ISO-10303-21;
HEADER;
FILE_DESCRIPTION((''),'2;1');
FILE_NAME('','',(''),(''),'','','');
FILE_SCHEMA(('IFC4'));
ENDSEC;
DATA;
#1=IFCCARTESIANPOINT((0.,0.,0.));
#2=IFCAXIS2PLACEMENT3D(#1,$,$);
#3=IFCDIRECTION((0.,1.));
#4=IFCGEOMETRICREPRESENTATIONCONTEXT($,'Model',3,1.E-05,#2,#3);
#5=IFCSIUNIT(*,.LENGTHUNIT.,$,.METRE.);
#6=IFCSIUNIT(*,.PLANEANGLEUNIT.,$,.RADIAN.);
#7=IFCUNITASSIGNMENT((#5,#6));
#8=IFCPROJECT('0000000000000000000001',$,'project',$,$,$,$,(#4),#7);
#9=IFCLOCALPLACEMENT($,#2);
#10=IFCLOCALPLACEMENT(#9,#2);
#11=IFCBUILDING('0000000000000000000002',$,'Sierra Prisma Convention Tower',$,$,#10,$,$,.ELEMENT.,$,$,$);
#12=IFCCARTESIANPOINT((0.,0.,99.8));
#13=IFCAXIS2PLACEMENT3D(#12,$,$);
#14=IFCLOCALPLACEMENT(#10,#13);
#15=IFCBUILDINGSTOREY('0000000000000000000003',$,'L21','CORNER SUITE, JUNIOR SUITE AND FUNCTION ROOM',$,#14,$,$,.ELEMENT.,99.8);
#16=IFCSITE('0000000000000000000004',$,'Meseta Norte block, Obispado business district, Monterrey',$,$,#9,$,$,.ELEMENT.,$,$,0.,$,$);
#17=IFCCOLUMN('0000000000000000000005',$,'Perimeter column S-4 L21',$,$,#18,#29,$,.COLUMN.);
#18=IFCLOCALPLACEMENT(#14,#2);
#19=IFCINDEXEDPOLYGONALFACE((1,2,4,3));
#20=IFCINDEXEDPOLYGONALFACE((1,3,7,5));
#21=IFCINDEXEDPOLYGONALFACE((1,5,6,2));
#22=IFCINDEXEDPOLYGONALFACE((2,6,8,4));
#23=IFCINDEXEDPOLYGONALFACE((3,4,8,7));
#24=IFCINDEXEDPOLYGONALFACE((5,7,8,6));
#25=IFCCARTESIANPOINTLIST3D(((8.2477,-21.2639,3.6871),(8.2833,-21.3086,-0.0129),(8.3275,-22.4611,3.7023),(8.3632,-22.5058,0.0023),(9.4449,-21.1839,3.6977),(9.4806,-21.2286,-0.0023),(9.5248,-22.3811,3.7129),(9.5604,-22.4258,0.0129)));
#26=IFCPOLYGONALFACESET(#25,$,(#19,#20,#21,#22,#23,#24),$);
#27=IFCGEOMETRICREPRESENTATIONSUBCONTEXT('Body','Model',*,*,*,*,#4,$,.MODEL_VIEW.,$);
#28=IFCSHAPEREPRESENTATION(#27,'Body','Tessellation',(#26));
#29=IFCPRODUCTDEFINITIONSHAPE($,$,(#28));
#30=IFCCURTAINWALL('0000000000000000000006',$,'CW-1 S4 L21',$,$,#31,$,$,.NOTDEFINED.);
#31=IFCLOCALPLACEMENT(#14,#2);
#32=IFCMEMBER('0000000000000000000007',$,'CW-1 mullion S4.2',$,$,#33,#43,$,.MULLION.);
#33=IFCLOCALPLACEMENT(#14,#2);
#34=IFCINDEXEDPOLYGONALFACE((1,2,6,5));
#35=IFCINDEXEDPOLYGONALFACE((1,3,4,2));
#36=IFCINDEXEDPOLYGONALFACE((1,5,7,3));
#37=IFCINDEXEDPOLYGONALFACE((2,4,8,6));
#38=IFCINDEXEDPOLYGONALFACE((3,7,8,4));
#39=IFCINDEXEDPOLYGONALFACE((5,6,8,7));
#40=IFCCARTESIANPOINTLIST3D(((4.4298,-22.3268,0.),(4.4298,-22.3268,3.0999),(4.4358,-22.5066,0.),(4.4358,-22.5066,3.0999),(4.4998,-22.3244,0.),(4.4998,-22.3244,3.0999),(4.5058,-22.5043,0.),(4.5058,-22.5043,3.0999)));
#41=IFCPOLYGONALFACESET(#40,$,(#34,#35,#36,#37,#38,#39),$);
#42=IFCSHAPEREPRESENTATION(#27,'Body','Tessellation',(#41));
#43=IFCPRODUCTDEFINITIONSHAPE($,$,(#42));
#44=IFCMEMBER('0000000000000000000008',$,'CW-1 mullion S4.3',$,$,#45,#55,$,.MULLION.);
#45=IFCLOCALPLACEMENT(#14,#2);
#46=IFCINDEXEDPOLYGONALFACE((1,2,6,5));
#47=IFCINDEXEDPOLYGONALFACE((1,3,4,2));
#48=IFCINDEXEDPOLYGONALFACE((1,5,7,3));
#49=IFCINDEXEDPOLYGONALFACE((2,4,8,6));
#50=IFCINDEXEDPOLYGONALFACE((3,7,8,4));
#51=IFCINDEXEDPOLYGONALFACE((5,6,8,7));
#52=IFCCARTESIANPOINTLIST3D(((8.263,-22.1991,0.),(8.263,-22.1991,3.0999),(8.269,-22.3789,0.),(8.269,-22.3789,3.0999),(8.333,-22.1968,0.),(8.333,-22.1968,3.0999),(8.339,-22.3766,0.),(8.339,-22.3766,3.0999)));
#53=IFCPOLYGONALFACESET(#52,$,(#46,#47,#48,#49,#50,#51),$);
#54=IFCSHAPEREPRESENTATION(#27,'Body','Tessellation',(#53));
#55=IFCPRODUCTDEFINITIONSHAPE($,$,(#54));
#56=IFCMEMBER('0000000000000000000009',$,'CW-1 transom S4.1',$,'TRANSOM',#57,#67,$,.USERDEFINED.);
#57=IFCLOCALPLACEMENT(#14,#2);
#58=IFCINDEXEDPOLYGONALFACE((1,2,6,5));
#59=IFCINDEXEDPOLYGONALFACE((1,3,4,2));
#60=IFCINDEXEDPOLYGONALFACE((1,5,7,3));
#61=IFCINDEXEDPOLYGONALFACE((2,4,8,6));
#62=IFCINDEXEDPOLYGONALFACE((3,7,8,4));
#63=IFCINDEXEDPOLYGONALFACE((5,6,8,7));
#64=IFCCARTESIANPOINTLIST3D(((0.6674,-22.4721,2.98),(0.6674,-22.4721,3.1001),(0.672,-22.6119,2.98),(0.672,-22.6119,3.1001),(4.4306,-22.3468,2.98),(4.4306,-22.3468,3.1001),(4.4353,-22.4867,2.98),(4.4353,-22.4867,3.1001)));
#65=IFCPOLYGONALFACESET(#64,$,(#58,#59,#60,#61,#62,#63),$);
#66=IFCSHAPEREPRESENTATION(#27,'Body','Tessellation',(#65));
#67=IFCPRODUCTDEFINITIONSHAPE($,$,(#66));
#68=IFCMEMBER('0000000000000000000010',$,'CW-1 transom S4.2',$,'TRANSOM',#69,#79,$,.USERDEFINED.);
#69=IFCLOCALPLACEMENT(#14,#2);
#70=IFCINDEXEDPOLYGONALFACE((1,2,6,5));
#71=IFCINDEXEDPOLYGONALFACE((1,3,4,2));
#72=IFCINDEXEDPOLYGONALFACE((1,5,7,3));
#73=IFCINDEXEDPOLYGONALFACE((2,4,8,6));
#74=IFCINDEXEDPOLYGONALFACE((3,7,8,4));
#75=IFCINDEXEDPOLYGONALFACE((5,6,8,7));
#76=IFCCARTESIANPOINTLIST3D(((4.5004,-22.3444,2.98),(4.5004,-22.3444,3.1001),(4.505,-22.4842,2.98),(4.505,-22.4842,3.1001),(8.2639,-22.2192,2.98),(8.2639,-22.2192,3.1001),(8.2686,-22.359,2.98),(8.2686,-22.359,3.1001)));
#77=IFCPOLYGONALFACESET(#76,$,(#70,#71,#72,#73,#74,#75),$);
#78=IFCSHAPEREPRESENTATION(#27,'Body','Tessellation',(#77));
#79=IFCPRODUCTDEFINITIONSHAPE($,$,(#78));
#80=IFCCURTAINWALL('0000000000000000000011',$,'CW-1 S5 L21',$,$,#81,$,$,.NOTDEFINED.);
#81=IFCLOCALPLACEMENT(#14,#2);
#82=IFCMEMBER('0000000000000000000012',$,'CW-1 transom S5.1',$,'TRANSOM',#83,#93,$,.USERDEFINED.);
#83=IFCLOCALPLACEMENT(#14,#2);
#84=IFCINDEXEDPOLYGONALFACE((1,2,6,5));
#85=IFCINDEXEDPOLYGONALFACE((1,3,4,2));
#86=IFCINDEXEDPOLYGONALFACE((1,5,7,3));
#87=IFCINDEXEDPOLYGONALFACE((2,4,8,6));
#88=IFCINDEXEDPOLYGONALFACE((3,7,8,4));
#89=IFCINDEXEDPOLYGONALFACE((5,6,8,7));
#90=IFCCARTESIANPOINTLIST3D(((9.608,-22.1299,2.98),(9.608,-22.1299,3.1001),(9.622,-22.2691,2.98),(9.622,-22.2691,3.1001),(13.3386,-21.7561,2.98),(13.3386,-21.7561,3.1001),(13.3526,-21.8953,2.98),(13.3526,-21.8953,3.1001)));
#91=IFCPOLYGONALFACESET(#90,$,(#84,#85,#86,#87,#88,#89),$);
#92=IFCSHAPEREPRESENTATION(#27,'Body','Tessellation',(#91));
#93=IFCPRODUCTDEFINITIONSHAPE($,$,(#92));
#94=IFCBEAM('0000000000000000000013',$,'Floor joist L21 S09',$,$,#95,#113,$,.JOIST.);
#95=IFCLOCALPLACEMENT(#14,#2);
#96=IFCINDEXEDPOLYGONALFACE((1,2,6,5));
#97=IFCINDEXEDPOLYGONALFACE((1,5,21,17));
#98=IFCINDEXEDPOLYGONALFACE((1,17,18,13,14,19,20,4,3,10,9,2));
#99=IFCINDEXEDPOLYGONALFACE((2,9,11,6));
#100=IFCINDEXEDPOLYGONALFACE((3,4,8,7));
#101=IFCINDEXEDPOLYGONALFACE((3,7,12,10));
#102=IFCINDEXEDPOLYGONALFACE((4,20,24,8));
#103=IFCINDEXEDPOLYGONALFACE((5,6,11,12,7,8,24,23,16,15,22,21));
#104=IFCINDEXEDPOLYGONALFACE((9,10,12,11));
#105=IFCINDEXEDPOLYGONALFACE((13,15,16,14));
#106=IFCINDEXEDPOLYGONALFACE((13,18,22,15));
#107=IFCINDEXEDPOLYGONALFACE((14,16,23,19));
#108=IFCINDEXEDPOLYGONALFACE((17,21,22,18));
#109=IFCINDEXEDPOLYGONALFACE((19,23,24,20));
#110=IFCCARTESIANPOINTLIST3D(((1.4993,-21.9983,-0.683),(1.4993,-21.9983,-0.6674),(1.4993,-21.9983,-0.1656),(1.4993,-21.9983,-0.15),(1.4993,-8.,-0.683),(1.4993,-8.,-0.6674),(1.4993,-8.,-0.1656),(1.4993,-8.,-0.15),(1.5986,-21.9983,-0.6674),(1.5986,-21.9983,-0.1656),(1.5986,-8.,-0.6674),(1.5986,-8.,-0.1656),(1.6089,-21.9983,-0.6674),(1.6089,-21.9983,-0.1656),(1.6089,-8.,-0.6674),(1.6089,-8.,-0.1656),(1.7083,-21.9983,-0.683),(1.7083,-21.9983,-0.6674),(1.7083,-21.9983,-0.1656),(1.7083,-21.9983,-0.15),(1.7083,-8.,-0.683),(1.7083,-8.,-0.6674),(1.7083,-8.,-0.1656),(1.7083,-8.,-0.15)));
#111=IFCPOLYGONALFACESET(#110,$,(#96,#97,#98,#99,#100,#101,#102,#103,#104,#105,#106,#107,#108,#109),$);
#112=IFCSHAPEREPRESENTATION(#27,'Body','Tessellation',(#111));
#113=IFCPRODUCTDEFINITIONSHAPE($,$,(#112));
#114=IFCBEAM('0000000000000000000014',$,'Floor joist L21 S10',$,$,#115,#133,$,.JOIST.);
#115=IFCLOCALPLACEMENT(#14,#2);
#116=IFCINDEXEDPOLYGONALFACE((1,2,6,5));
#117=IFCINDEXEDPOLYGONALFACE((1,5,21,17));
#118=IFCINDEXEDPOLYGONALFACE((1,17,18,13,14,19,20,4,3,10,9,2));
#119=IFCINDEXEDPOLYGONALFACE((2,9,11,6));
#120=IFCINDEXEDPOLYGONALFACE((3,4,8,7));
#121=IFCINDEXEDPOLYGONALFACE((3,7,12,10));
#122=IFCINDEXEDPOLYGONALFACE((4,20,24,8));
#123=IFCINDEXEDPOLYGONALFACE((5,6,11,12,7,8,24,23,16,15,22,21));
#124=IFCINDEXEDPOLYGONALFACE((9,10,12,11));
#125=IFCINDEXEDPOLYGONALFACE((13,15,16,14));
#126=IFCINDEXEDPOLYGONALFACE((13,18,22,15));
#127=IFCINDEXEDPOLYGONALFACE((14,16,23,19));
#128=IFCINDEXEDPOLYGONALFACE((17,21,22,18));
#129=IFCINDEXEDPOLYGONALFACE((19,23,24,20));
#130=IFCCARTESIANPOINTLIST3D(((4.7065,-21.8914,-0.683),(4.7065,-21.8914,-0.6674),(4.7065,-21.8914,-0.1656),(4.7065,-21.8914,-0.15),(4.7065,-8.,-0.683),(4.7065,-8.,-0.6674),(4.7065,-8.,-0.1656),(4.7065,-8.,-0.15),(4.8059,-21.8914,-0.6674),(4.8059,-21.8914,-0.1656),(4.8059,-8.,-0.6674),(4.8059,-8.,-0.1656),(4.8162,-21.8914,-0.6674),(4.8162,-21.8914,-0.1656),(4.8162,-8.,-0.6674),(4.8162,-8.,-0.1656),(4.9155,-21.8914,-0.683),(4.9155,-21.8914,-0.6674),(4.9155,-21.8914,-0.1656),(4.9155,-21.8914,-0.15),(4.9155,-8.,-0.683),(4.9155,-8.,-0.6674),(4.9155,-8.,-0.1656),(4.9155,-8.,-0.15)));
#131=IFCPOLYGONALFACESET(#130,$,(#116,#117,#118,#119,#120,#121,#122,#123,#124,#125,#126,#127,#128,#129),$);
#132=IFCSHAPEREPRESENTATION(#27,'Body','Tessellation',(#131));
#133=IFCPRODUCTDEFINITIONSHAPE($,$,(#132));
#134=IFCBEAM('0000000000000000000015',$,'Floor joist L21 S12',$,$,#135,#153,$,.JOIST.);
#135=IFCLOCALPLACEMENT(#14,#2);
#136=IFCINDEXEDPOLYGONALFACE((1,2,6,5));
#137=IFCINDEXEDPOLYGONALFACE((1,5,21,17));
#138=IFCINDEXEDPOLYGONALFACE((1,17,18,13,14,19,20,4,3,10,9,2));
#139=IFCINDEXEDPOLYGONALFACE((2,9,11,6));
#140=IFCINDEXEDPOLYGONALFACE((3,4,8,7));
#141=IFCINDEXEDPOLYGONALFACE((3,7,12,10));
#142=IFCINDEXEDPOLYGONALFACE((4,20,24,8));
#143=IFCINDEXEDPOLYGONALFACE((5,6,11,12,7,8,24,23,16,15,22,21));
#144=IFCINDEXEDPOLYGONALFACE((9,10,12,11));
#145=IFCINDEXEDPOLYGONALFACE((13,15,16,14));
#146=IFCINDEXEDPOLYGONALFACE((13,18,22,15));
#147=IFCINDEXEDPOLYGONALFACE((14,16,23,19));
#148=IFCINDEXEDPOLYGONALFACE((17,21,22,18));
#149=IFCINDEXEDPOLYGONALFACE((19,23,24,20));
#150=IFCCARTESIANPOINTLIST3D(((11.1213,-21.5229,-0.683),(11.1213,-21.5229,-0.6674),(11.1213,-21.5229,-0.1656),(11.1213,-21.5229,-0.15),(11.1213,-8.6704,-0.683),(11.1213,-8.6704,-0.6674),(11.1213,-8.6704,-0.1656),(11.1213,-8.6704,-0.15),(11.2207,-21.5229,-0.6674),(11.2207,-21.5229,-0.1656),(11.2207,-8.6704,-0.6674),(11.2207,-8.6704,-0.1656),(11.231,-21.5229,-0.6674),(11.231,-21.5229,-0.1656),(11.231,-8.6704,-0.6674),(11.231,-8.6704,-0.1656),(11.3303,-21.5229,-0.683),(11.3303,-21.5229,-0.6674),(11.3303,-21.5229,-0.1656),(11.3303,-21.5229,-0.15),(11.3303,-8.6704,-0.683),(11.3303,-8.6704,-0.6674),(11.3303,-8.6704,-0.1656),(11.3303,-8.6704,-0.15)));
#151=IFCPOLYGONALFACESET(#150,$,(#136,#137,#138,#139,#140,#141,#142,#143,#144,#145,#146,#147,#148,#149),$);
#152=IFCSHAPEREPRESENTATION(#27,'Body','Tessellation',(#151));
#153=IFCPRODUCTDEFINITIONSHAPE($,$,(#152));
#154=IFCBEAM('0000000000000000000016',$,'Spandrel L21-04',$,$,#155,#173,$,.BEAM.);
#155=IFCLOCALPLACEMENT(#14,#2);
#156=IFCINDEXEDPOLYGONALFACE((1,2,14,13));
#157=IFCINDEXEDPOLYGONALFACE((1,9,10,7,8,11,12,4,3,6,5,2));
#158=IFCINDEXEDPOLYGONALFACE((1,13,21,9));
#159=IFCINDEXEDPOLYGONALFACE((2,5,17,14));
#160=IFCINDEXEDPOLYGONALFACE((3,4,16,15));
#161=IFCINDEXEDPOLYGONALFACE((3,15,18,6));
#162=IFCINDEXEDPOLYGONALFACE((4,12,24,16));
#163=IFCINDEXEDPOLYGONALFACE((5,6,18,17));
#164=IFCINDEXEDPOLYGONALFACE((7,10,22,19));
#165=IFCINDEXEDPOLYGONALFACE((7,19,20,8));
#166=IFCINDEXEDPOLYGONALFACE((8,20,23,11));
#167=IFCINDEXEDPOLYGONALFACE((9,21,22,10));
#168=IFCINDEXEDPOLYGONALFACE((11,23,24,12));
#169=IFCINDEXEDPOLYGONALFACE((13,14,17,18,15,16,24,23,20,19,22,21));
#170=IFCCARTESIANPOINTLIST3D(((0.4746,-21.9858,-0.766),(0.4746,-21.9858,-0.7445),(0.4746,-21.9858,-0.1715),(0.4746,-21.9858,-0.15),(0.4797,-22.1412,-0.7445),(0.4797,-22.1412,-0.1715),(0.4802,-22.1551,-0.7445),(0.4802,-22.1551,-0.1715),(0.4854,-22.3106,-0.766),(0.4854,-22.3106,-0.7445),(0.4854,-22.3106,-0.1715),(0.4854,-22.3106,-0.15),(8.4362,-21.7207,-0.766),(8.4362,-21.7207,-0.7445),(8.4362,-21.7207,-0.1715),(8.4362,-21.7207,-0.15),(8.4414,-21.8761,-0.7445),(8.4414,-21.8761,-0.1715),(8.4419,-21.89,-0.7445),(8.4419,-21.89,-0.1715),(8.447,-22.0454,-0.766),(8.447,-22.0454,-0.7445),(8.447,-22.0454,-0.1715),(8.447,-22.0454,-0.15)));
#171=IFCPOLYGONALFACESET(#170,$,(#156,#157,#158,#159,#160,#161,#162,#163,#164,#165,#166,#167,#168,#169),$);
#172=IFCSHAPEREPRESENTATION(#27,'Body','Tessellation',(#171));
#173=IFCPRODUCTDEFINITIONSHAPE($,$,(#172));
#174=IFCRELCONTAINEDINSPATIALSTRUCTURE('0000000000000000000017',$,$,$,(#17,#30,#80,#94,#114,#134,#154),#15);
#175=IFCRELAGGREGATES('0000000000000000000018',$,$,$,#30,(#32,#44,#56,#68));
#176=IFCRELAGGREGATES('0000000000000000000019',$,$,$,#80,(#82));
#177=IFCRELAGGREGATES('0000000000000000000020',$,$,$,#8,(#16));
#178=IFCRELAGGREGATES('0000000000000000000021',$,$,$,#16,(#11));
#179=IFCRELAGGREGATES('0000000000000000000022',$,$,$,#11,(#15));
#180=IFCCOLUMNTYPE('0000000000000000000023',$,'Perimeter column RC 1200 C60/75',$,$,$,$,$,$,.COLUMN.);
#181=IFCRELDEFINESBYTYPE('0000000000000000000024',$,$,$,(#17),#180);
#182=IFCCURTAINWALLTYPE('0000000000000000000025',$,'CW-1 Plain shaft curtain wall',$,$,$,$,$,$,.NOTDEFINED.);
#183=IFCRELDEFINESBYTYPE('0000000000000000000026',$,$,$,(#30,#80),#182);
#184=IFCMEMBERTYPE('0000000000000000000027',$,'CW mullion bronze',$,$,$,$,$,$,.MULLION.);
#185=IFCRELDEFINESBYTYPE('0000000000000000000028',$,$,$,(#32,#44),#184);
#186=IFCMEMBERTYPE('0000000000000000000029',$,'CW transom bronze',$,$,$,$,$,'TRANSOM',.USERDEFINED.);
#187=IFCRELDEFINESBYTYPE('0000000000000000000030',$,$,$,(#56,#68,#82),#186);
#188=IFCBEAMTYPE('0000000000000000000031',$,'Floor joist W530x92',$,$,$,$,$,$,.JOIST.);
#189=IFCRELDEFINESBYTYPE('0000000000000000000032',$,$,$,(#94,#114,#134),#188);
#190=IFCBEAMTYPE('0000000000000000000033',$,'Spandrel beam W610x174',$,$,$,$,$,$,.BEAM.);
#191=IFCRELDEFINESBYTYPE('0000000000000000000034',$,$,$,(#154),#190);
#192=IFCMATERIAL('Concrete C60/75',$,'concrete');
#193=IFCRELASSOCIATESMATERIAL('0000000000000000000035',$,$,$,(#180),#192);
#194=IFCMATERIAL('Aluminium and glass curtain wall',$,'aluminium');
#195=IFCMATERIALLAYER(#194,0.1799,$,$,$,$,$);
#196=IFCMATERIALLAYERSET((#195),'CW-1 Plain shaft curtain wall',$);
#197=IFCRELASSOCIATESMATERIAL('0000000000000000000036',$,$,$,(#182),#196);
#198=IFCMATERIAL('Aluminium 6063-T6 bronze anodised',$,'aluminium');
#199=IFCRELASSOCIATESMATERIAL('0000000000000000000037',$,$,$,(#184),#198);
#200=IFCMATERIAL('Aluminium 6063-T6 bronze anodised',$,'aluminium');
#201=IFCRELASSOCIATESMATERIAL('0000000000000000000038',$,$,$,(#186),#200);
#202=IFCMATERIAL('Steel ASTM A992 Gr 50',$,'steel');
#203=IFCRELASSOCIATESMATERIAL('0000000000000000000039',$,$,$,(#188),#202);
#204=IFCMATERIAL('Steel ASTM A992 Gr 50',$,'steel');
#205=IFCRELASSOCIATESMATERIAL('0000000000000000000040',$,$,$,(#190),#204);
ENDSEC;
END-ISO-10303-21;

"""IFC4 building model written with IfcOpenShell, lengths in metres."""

from ifc_helpers import new_model, si_unit, direction, frame, origin, origin_2d, place, context, subcontext, project, spatial, rectangle, i_section, extrude, material, layer, layer_set, material_profile, profile_set, type_object, element, aggregate, save


model = new_model("IFC4")

# Units and contexts
model_context = context("Model", 3, precision=1e-05, world=origin(), true_north=direction((0.0, 1.0)))
body_context = subcontext(model_context, "Body", "Model", "MODEL_VIEW")
ifc_project = project(units=[si_unit("LENGTHUNIT", "METRE"), si_unit("PLANEANGLEUNIT", "RADIAN")], contexts=[model_context])

# Site, building, storey
site_placement = place(None, origin())
site = spatial("IfcSite", under=ifc_project, at=site_placement, Name="Meseta Norte block, Obispado business district, Monterrey", CompositionType="ELEMENT", RefElevation=0.0)
building_placement = place(site_placement, origin())
building = spatial("IfcBuilding", under=site, at=building_placement, Name="Sierra Prisma Convention Tower", CompositionType="ELEMENT")
storey_placement = place(building_placement, frame((0.0, 0.0, 99.8)))
storey = spatial("IfcBuildingStorey", under=building, at=storey_placement, Name="L21", Description="CORNER SUITE, JUNIOR SUITE AND FUNCTION ROOM", CompositionType="ELEMENT", Elevation=99.8)

# Column
ifc_material_1 = material(Name="Concrete C60/75", Category="concrete")
ifc_material_profile_1 = material_profile(ifc_material_1, rectangle(XDim=1.2, YDim=1.2, at=origin_2d()), Name="Perimeter column RC 1200 C60/75")
ifc_profile_set_1 = profile_set([ifc_material_profile_1], Name="Concrete C60/75")
column_type = type_object("IfcColumnType", Name="Perimeter column RC 1200 C60/75", PredefinedType="COLUMN", material=ifc_profile_set_1)
column_placement = place(storey_placement, frame((8.9219, -21.8672, 0.0), z_axis=(-0.009633, 0.012074, 0.999881), x_axis=(0.997738, 0.066646, 0.008807)))
element("IfcColumn", 1, at=column_placement, inside=storey, type_object=column_type, Name="Perimeter column S-4 L21", PredefinedType="COLUMN", context=body_context, shape_type="SweptSolid", body=[
    extrude(rectangle(XDim=1.2, YDim=1.2, at=origin_2d()), origin(), (0.0, 0.0, 1.0), 3.7004),
])

# Curtain wall, members
ifc_material_2 = material(Name="Aluminium and glass curtain wall", Category="aluminium")
ifc_layer_1 = layer(ifc_material_2, 0.1799)
ifc_layer_set_1 = layer_set([ifc_layer_1], Name="CW-1 Plain shaft curtain wall")
curtain_wall_type = type_object("IfcCurtainWallType", Name="CW-1 Plain shaft curtain wall", PredefinedType="NOTDEFINED", material=ifc_layer_set_1)
curtain_wall_1_placement = place(storey_placement, origin())
curtain_wall_1 = element("IfcCurtainWall", 2, at=curtain_wall_1_placement, inside=storey, type_object=curtain_wall_type, Name="CW-1 S4 L21", PredefinedType="NOTDEFINED")
ifc_material_3 = material(Name="Aluminium 6063-T6 bronze anodised", Category="aluminium")
ifc_material_profile_2 = material_profile(ifc_material_3, rectangle(XDim=0.1799, YDim=0.0701, at=origin_2d()), Name="ALU MULLION 70x180")
ifc_profile_set_2 = profile_set([ifc_material_profile_2], Name="Aluminium 6063-T6 bronze anodised")
member_type_1 = type_object("IfcMemberType", Name="CW mullion bronze", PredefinedType="MULLION", material=ifc_profile_set_2)
member_1_placement = place(storey_placement, frame((4.4678, -22.4155, 0.0), z_axis=(0.0, 0.0, 1.0), x_axis=(-0.033286, 0.999446, 0.0)))
member_1 = element("IfcMember", 3, at=member_1_placement, type_object=member_type_1, Name="CW-1 mullion S4.2", PredefinedType="MULLION", context=body_context, shape_type="SweptSolid", body=[
    extrude(rectangle(XDim=0.1799, YDim=0.0701, at=origin_2d()), origin(), (0.0, 0.0, 1.0), 3.0999),
])
member_2_placement = place(storey_placement, frame((8.301, -22.2878, 0.0), z_axis=(0.0, 0.0, 1.0), x_axis=(-0.033286, 0.999446, 0.0)))
member_2 = element("IfcMember", 4, at=member_2_placement, type_object=member_type_1, Name="CW-1 mullion S4.3", PredefinedType="MULLION", context=body_context, shape_type="SweptSolid", body=[
    extrude(rectangle(XDim=0.1799, YDim=0.0701, at=origin_2d()), origin(), (0.0, 0.0, 1.0), 3.0999),
])
ifc_material_4 = material(Name="Aluminium 6063-T6 bronze anodised", Category="aluminium")
ifc_material_profile_3 = material_profile(ifc_material_4, rectangle(XDim=0.1399, YDim=0.1201, at=origin_2d()), Name="ALU TRANSOM 120x140")
ifc_profile_set_3 = profile_set([ifc_material_profile_3], Name="Aluminium 6063-T6 bronze anodised")
member_type_2 = type_object("IfcMemberType", Name="CW transom bronze", ElementType="TRANSOM", PredefinedType="USERDEFINED", material=ifc_profile_set_3)
member_3_placement = place(storey_placement, frame((0.6697, -22.542, 3.04), z_axis=(0.999447, 0.033263, 0.0), x_axis=(-0.033263, 0.999447, 0.0)))
member_3 = element("IfcMember", 5, at=member_3_placement, type_object=member_type_2, Name="CW-1 transom S4.1", ObjectType="TRANSOM", PredefinedType="USERDEFINED", context=body_context, shape_type="SweptSolid", body=[
    extrude(rectangle(XDim=0.1399, YDim=0.1201, at=origin_2d()), origin(), (0.0, 0.0, 1.0), 3.7654),
])
member_4_placement = place(storey_placement, frame((4.5027, -22.4143, 3.04), z_axis=(0.999447, 0.033261, 0.0), x_axis=(-0.033261, 0.999447, 0.0)))
member_4 = element("IfcMember", 6, at=member_4_placement, type_object=member_type_2, Name="CW-1 transom S4.2", ObjectType="TRANSOM", PredefinedType="USERDEFINED", context=body_context, shape_type="SweptSolid", body=[
    extrude(rectangle(XDim=0.1399, YDim=0.1201, at=origin_2d()), origin(), (0.0, 0.0, 1.0), 3.7656),
])

# Curtain wall, member
curtain_wall_2_placement = place(storey_placement, origin())
curtain_wall_2 = element("IfcCurtainWall", 7, at=curtain_wall_2_placement, inside=storey, type_object=curtain_wall_type, Name="CW-1 S5 L21", PredefinedType="NOTDEFINED")
member_5_placement = place(storey_placement, frame((9.615, -22.1995, 3.04), z_axis=(0.995018, 0.099697, 0.0), x_axis=(-0.099697, 0.995018, 0.0)))
member_5 = element("IfcMember", 8, at=member_5_placement, type_object=member_type_2, Name="CW-1 transom S5.1", ObjectType="TRANSOM", PredefinedType="USERDEFINED", context=body_context, shape_type="SweptSolid", body=[
    extrude(rectangle(XDim=0.1399, YDim=0.1201, at=origin_2d()), origin(), (0.0, 0.0, 1.0), 3.7493),
])

# Beams
ifc_material_5 = material(Name="Steel ASTM A992 Gr 50", Category="steel")
ifc_material_profile_4 = material_profile(ifc_material_5, i_section(OverallWidth=0.209, OverallDepth=0.533, WebThickness=0.0103, FlangeThickness=0.0156, at=origin_2d()), Name="W530x92")
ifc_profile_set_4 = profile_set([ifc_material_profile_4], Name="Steel ASTM A992 Gr 50")
beam_type_1 = type_object("IfcBeamType", Name="Floor joist W530x92", PredefinedType="JOIST", material=ifc_profile_set_4)
beam_1_placement = place(storey_placement, frame((1.6038, -21.9983, -0.4165), z_axis=(0.0, 1.0, 0.0), x_axis=(-1.0, 0.0, 0.0)))
element("IfcBeam", 9, at=beam_1_placement, inside=storey, type_object=beam_type_1, Name="Floor joist L21 S09", PredefinedType="JOIST", context=body_context, shape_type="SweptSolid", body=[
    extrude(i_section(OverallWidth=0.209, OverallDepth=0.533, WebThickness=0.0103, FlangeThickness=0.0156, at=origin_2d()), origin(), (0.0, 0.0, 1.0), 13.9983),
])
beam_2_placement = place(storey_placement, frame((4.811, -21.8914, -0.4165), z_axis=(0.0, 1.0, 0.0), x_axis=(-1.0, 0.0, 0.0)))
element("IfcBeam", 10, at=beam_2_placement, inside=storey, type_object=beam_type_1, Name="Floor joist L21 S10", PredefinedType="JOIST", context=body_context, shape_type="SweptSolid", body=[
    extrude(i_section(OverallWidth=0.209, OverallDepth=0.533, WebThickness=0.0103, FlangeThickness=0.0156, at=origin_2d()), origin(), (0.0, 0.0, 1.0), 13.8914),
])
beam_3_placement = place(storey_placement, frame((11.2258, -21.5229, -0.4165), z_axis=(0.0, 1.0, 0.0), x_axis=(-1.0, 0.0, 0.0)))
element("IfcBeam", 11, at=beam_3_placement, inside=storey, type_object=beam_type_1, Name="Floor joist L21 S12", PredefinedType="JOIST", context=body_context, shape_type="SweptSolid", body=[
    extrude(i_section(OverallWidth=0.209, OverallDepth=0.533, WebThickness=0.0103, FlangeThickness=0.0156, at=origin_2d()), origin(), (0.0, 0.0, 1.0), 12.8525),
])
ifc_material_6 = material(Name="Steel ASTM A992 Gr 50", Category="steel")
ifc_material_profile_5 = material_profile(ifc_material_6, i_section(OverallWidth=0.325, OverallDepth=0.616, WebThickness=0.0139, FlangeThickness=0.0215, at=origin_2d()), Name="W610x174")
ifc_profile_set_5 = profile_set([ifc_material_profile_5], Name="Steel ASTM A992 Gr 50")
beam_type_2 = type_object("IfcBeamType", Name="Spandrel beam W610x174", PredefinedType="BEAM", material=ifc_profile_set_5)
beam_4_placement = place(storey_placement, frame((0.48, -22.1482, -0.458), z_axis=(0.999446, 0.033283, 0.0), x_axis=(-0.033283, 0.999446, 0.0)))
element("IfcBeam", 12, at=beam_4_placement, inside=storey, type_object=beam_type_2, Name="Spandrel L21-04", PredefinedType="BEAM", context=body_context, shape_type="SweptSolid", body=[
    extrude(i_section(OverallWidth=0.325, OverallDepth=0.616, WebThickness=0.0139, FlangeThickness=0.0215, at=origin_2d()), origin(), (0.0, 0.0, 1.0), 7.9661),
])

aggregate(curtain_wall_1, [member_1, member_2, member_3, member_4])
aggregate(curtain_wall_2, [member_5])

save(model, "model.ifc")
